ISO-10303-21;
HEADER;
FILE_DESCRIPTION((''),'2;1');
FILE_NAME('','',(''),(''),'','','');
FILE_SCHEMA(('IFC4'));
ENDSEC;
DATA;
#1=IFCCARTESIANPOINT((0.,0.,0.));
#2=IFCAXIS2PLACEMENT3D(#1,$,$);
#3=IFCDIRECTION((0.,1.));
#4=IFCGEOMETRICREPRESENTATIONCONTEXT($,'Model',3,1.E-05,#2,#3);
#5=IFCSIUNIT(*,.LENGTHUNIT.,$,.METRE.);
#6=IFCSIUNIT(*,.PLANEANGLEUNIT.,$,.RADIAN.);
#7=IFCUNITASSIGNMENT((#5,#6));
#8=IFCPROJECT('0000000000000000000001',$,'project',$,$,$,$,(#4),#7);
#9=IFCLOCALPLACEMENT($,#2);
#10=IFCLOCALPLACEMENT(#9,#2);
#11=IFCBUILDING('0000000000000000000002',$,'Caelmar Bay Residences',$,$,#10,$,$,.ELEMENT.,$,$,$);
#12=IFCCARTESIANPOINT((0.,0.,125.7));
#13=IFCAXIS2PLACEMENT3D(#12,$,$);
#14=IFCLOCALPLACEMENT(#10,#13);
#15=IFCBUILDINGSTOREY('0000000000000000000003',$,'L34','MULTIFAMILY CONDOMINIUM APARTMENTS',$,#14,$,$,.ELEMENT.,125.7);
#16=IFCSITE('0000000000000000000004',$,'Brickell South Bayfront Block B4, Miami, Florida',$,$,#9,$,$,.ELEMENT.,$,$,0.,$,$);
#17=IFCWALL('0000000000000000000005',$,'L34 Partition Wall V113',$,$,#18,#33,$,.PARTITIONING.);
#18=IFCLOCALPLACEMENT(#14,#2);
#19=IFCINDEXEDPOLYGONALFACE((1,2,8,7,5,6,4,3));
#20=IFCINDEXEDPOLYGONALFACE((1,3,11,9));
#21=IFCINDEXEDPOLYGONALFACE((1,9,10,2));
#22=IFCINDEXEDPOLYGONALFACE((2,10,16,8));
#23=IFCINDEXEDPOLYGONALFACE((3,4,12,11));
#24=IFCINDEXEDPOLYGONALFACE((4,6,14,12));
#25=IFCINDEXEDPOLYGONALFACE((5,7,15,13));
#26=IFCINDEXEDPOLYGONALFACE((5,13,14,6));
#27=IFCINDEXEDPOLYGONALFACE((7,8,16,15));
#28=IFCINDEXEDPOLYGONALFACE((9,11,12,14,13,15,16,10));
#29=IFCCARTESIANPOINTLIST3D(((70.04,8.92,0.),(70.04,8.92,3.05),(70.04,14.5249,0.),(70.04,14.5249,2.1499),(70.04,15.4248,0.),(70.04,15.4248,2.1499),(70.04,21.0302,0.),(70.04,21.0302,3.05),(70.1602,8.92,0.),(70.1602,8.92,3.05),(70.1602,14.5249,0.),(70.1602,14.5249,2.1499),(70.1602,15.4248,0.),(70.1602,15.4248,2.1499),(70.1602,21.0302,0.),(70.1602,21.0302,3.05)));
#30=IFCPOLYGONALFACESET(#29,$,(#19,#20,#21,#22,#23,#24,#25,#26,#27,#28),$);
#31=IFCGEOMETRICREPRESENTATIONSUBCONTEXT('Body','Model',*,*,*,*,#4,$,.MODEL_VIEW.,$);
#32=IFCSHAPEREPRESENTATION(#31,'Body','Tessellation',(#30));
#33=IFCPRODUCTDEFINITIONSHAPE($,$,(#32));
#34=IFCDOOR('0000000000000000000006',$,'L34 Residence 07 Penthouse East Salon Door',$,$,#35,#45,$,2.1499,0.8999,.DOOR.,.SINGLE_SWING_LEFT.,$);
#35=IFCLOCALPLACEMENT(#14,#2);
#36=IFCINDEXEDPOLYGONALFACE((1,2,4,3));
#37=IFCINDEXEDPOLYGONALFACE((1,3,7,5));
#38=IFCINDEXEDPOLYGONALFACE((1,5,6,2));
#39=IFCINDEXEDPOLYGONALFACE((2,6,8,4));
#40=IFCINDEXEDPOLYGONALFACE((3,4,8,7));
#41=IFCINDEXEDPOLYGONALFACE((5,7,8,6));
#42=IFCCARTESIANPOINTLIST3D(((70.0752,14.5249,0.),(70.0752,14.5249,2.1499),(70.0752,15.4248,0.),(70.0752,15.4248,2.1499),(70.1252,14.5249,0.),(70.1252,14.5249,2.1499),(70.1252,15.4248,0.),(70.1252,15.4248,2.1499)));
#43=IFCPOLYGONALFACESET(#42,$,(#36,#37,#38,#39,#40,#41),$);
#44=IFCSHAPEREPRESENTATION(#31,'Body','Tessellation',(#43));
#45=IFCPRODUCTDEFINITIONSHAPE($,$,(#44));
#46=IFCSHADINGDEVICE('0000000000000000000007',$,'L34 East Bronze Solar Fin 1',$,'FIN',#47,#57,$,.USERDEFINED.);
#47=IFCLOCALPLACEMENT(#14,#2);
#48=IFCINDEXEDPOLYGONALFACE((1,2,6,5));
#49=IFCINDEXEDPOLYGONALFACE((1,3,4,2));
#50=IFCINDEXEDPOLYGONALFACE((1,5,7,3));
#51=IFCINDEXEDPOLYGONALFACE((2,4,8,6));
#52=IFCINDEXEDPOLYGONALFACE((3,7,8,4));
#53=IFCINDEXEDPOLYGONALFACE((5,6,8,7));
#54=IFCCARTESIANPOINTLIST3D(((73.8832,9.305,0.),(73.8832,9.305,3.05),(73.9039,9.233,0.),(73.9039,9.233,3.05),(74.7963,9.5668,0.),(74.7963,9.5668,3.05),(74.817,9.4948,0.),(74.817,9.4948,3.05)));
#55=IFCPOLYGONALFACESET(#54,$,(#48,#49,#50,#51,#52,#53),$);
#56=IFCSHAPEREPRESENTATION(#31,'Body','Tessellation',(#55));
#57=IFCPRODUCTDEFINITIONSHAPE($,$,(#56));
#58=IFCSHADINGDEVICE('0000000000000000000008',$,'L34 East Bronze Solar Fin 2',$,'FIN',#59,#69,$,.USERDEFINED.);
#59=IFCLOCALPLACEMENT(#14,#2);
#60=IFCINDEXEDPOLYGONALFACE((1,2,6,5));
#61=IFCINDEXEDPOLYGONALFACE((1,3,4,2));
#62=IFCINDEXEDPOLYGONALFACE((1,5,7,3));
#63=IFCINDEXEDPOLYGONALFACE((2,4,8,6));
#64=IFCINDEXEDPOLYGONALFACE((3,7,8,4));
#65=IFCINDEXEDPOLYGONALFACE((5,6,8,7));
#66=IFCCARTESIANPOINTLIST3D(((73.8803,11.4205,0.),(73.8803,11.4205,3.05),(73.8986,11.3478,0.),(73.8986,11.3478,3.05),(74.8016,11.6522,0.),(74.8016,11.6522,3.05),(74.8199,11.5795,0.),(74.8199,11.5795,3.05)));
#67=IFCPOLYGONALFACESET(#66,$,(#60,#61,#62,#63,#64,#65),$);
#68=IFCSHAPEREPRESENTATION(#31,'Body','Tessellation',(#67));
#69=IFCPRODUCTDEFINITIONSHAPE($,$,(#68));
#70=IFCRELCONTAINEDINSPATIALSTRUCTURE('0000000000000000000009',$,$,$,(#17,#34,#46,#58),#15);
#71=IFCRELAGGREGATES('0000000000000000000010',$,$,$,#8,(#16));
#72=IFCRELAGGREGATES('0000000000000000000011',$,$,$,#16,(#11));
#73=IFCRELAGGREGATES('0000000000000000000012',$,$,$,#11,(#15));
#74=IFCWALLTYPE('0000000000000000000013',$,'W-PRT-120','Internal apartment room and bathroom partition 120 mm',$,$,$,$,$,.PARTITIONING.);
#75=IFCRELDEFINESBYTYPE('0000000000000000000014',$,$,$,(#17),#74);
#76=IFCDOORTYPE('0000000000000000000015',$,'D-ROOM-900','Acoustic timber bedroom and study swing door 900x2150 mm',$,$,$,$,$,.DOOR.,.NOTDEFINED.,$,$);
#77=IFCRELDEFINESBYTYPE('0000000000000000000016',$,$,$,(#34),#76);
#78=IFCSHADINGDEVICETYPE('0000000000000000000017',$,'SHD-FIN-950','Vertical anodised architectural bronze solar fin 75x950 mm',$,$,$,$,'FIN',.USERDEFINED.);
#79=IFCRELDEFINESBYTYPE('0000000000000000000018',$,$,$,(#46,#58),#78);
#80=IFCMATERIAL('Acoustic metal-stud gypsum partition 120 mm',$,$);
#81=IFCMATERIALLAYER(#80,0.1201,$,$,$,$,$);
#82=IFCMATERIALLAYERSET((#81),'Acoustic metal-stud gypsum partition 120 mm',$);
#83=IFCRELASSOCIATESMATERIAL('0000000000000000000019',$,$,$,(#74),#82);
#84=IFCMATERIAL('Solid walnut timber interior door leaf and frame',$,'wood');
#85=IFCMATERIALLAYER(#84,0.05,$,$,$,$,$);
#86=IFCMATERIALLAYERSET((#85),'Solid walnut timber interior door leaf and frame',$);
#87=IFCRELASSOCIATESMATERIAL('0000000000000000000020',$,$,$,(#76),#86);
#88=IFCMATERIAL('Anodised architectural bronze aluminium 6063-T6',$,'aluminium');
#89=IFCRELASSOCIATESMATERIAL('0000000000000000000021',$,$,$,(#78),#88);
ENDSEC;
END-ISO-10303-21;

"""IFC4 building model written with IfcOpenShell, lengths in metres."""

from ifc_helpers import new_model, si_unit, direction, frame, frame_2d, origin, origin_2d, place, context, subcontext, project, spatial, rectangle, extrude, material, layer, layer_set, material_profile, profile_set, type_object, element, fill, save


model = new_model("IFC4")

# Units and contexts
model_context = context("Model", 3, precision=1e-05, world=origin(), true_north=direction((0.0, 1.0)))
body_context = subcontext(model_context, "Body", "Model", "MODEL_VIEW")
ifc_project = project(units=[si_unit("LENGTHUNIT", "METRE"), si_unit("PLANEANGLEUNIT", "RADIAN")], contexts=[model_context])

# Site, building, storey
site_placement = place(None, origin())
site = spatial("IfcSite", under=ifc_project, at=site_placement, Name="Brickell South Bayfront Block B4, Miami, Florida", CompositionType="ELEMENT", RefElevation=0.0)
building_placement = place(site_placement, origin())
building = spatial("IfcBuilding", under=site, at=building_placement, Name="Caelmar Bay Residences", CompositionType="ELEMENT")
storey_placement = place(building_placement, frame((0.0, 0.0, 125.7)))
storey = spatial("IfcBuildingStorey", under=building, at=storey_placement, Name="L34", Description="MULTIFAMILY CONDOMINIUM APARTMENTS", CompositionType="ELEMENT", Elevation=125.7)

# Wall, opening, door
ifc_material_1 = material(Name="Acoustic metal-stud gypsum partition 120 mm")
ifc_layer_1 = layer(ifc_material_1, 0.1201)
ifc_layer_set_1 = layer_set([ifc_layer_1], Name="Acoustic metal-stud gypsum partition 120 mm")
wall_type_1 = type_object("IfcWallType", Name="W-PRT-120", Description="Internal apartment room and bathroom partition 120 mm", PredefinedType="PARTITIONING", material=ifc_layer_set_1)
wall_1_placement = place(storey_placement, frame((70.1001, 8.9199, 0.0), z_axis=(0.0, 0.0, 1.0), x_axis=(0.0, 1.0, 0.0)))
wall_1 = element("IfcWall", 1, at=wall_1_placement, inside=storey, type_object=wall_type_1, Name="L34 Partition Wall V113", PredefinedType="PARTITIONING", context=body_context, shape_type="SweptSolid", body=[
    extrude(rectangle(XDim=12.1101, YDim=0.1201, at=frame_2d((6.0552, 0.0))), origin(), (0.0, 0.0, 1.0), 3.05),
])
opening_placement = place(wall_1_placement, frame((5.605, 0.0, 0.0)))
opening = element("IfcOpeningElement", 2, at=opening_placement, cuts=wall_1, PredefinedType="OPENING", context=body_context, shape_type="SweptSolid", body=[
    extrude(rectangle(XDim=0.8999, YDim=2.1499, at=frame_2d((0.45, 1.075))), frame((0.0, 0.0701, 0.0), z_axis=(0.0, -1.0, 0.0), x_axis=(1.0, 0.0, 0.0)), (0.0, 0.0, 1.0), 0.1401),
])
ifc_material_2 = material(Name="Solid walnut timber interior door leaf and frame", Category="wood")
ifc_layer_2 = layer(ifc_material_2, 0.05)
ifc_layer_set_2 = layer_set([ifc_layer_2], Name="Solid walnut timber interior door leaf and frame")
door_type = type_object("IfcDoorType", Name="D-ROOM-900", Description="Acoustic timber bedroom and study swing door 900x2150 mm", OperationType="NOTDEFINED", PredefinedType="DOOR", material=ifc_layer_set_2)
door_placement = place(opening_placement, origin())
door = element("IfcDoor", 3, at=door_placement, inside=storey, type_object=door_type, Name="L34 Residence 07 Penthouse East Salon Door", OperationType="SINGLE_SWING_LEFT", OverallHeight=2.1499, OverallWidth=0.8999, PredefinedType="DOOR", context=body_context, shape_type="SweptSolid", body=[
    extrude(rectangle(XDim=0.8999, YDim=2.1499, at=frame_2d((0.45, 1.075))), frame((0.0, 0.0249, 0.0), z_axis=(0.0, -1.0, 0.0), x_axis=(1.0, 0.0, 0.0)), (0.0, 0.0, 1.0), 0.05),
])
fill(opening, door)

# Shading devices
ifc_material_3 = material(Name="Anodised architectural bronze aluminium 6063-T6", Category="aluminium")
ifc_material_profile_1 = material_profile(ifc_material_3, rectangle(XDim=0.075, YDim=0.95, at=origin_2d()), Name="BRONZE-FIN-75X950")
ifc_profile_set_1 = profile_set([ifc_material_profile_1], Name="Anodised architectural bronze aluminium 6063-T6")
shading_device_type = type_object("IfcShadingDeviceType", Name="SHD-FIN-950", Description="Vertical anodised architectural bronze solar fin 75x950 mm", ElementType="FIN", PredefinedType="USERDEFINED", material=ifc_profile_set_1)
for number, where, z_axis, x_axis, name in (
    (4, (74.3501, 9.3999, 0.0), (0.0, 0.0, 1.0), (-0.275637, 0.961262, 0.0), "L34 East Bronze Solar Fin 1"),
    (5, (74.3501, 11.5, 0.0), (0.0, 0.0, 1.0), (-0.243954, 0.969787, 0.0), "L34 East Bronze Solar Fin 2"),
):
    element("IfcShadingDevice", number, at=place(storey_placement, frame(where, z_axis=z_axis, x_axis=x_axis)), inside=storey, type_object=shading_device_type, Name=name, ObjectType="FIN", PredefinedType="USERDEFINED", context=body_context, shape_type="SweptSolid", body=[
        extrude(rectangle(XDim=0.075, YDim=0.95, at=origin_2d()), origin(), (0.0, 0.0, 1.0), 3.05),
    ])

save(model, "model.ifc")
